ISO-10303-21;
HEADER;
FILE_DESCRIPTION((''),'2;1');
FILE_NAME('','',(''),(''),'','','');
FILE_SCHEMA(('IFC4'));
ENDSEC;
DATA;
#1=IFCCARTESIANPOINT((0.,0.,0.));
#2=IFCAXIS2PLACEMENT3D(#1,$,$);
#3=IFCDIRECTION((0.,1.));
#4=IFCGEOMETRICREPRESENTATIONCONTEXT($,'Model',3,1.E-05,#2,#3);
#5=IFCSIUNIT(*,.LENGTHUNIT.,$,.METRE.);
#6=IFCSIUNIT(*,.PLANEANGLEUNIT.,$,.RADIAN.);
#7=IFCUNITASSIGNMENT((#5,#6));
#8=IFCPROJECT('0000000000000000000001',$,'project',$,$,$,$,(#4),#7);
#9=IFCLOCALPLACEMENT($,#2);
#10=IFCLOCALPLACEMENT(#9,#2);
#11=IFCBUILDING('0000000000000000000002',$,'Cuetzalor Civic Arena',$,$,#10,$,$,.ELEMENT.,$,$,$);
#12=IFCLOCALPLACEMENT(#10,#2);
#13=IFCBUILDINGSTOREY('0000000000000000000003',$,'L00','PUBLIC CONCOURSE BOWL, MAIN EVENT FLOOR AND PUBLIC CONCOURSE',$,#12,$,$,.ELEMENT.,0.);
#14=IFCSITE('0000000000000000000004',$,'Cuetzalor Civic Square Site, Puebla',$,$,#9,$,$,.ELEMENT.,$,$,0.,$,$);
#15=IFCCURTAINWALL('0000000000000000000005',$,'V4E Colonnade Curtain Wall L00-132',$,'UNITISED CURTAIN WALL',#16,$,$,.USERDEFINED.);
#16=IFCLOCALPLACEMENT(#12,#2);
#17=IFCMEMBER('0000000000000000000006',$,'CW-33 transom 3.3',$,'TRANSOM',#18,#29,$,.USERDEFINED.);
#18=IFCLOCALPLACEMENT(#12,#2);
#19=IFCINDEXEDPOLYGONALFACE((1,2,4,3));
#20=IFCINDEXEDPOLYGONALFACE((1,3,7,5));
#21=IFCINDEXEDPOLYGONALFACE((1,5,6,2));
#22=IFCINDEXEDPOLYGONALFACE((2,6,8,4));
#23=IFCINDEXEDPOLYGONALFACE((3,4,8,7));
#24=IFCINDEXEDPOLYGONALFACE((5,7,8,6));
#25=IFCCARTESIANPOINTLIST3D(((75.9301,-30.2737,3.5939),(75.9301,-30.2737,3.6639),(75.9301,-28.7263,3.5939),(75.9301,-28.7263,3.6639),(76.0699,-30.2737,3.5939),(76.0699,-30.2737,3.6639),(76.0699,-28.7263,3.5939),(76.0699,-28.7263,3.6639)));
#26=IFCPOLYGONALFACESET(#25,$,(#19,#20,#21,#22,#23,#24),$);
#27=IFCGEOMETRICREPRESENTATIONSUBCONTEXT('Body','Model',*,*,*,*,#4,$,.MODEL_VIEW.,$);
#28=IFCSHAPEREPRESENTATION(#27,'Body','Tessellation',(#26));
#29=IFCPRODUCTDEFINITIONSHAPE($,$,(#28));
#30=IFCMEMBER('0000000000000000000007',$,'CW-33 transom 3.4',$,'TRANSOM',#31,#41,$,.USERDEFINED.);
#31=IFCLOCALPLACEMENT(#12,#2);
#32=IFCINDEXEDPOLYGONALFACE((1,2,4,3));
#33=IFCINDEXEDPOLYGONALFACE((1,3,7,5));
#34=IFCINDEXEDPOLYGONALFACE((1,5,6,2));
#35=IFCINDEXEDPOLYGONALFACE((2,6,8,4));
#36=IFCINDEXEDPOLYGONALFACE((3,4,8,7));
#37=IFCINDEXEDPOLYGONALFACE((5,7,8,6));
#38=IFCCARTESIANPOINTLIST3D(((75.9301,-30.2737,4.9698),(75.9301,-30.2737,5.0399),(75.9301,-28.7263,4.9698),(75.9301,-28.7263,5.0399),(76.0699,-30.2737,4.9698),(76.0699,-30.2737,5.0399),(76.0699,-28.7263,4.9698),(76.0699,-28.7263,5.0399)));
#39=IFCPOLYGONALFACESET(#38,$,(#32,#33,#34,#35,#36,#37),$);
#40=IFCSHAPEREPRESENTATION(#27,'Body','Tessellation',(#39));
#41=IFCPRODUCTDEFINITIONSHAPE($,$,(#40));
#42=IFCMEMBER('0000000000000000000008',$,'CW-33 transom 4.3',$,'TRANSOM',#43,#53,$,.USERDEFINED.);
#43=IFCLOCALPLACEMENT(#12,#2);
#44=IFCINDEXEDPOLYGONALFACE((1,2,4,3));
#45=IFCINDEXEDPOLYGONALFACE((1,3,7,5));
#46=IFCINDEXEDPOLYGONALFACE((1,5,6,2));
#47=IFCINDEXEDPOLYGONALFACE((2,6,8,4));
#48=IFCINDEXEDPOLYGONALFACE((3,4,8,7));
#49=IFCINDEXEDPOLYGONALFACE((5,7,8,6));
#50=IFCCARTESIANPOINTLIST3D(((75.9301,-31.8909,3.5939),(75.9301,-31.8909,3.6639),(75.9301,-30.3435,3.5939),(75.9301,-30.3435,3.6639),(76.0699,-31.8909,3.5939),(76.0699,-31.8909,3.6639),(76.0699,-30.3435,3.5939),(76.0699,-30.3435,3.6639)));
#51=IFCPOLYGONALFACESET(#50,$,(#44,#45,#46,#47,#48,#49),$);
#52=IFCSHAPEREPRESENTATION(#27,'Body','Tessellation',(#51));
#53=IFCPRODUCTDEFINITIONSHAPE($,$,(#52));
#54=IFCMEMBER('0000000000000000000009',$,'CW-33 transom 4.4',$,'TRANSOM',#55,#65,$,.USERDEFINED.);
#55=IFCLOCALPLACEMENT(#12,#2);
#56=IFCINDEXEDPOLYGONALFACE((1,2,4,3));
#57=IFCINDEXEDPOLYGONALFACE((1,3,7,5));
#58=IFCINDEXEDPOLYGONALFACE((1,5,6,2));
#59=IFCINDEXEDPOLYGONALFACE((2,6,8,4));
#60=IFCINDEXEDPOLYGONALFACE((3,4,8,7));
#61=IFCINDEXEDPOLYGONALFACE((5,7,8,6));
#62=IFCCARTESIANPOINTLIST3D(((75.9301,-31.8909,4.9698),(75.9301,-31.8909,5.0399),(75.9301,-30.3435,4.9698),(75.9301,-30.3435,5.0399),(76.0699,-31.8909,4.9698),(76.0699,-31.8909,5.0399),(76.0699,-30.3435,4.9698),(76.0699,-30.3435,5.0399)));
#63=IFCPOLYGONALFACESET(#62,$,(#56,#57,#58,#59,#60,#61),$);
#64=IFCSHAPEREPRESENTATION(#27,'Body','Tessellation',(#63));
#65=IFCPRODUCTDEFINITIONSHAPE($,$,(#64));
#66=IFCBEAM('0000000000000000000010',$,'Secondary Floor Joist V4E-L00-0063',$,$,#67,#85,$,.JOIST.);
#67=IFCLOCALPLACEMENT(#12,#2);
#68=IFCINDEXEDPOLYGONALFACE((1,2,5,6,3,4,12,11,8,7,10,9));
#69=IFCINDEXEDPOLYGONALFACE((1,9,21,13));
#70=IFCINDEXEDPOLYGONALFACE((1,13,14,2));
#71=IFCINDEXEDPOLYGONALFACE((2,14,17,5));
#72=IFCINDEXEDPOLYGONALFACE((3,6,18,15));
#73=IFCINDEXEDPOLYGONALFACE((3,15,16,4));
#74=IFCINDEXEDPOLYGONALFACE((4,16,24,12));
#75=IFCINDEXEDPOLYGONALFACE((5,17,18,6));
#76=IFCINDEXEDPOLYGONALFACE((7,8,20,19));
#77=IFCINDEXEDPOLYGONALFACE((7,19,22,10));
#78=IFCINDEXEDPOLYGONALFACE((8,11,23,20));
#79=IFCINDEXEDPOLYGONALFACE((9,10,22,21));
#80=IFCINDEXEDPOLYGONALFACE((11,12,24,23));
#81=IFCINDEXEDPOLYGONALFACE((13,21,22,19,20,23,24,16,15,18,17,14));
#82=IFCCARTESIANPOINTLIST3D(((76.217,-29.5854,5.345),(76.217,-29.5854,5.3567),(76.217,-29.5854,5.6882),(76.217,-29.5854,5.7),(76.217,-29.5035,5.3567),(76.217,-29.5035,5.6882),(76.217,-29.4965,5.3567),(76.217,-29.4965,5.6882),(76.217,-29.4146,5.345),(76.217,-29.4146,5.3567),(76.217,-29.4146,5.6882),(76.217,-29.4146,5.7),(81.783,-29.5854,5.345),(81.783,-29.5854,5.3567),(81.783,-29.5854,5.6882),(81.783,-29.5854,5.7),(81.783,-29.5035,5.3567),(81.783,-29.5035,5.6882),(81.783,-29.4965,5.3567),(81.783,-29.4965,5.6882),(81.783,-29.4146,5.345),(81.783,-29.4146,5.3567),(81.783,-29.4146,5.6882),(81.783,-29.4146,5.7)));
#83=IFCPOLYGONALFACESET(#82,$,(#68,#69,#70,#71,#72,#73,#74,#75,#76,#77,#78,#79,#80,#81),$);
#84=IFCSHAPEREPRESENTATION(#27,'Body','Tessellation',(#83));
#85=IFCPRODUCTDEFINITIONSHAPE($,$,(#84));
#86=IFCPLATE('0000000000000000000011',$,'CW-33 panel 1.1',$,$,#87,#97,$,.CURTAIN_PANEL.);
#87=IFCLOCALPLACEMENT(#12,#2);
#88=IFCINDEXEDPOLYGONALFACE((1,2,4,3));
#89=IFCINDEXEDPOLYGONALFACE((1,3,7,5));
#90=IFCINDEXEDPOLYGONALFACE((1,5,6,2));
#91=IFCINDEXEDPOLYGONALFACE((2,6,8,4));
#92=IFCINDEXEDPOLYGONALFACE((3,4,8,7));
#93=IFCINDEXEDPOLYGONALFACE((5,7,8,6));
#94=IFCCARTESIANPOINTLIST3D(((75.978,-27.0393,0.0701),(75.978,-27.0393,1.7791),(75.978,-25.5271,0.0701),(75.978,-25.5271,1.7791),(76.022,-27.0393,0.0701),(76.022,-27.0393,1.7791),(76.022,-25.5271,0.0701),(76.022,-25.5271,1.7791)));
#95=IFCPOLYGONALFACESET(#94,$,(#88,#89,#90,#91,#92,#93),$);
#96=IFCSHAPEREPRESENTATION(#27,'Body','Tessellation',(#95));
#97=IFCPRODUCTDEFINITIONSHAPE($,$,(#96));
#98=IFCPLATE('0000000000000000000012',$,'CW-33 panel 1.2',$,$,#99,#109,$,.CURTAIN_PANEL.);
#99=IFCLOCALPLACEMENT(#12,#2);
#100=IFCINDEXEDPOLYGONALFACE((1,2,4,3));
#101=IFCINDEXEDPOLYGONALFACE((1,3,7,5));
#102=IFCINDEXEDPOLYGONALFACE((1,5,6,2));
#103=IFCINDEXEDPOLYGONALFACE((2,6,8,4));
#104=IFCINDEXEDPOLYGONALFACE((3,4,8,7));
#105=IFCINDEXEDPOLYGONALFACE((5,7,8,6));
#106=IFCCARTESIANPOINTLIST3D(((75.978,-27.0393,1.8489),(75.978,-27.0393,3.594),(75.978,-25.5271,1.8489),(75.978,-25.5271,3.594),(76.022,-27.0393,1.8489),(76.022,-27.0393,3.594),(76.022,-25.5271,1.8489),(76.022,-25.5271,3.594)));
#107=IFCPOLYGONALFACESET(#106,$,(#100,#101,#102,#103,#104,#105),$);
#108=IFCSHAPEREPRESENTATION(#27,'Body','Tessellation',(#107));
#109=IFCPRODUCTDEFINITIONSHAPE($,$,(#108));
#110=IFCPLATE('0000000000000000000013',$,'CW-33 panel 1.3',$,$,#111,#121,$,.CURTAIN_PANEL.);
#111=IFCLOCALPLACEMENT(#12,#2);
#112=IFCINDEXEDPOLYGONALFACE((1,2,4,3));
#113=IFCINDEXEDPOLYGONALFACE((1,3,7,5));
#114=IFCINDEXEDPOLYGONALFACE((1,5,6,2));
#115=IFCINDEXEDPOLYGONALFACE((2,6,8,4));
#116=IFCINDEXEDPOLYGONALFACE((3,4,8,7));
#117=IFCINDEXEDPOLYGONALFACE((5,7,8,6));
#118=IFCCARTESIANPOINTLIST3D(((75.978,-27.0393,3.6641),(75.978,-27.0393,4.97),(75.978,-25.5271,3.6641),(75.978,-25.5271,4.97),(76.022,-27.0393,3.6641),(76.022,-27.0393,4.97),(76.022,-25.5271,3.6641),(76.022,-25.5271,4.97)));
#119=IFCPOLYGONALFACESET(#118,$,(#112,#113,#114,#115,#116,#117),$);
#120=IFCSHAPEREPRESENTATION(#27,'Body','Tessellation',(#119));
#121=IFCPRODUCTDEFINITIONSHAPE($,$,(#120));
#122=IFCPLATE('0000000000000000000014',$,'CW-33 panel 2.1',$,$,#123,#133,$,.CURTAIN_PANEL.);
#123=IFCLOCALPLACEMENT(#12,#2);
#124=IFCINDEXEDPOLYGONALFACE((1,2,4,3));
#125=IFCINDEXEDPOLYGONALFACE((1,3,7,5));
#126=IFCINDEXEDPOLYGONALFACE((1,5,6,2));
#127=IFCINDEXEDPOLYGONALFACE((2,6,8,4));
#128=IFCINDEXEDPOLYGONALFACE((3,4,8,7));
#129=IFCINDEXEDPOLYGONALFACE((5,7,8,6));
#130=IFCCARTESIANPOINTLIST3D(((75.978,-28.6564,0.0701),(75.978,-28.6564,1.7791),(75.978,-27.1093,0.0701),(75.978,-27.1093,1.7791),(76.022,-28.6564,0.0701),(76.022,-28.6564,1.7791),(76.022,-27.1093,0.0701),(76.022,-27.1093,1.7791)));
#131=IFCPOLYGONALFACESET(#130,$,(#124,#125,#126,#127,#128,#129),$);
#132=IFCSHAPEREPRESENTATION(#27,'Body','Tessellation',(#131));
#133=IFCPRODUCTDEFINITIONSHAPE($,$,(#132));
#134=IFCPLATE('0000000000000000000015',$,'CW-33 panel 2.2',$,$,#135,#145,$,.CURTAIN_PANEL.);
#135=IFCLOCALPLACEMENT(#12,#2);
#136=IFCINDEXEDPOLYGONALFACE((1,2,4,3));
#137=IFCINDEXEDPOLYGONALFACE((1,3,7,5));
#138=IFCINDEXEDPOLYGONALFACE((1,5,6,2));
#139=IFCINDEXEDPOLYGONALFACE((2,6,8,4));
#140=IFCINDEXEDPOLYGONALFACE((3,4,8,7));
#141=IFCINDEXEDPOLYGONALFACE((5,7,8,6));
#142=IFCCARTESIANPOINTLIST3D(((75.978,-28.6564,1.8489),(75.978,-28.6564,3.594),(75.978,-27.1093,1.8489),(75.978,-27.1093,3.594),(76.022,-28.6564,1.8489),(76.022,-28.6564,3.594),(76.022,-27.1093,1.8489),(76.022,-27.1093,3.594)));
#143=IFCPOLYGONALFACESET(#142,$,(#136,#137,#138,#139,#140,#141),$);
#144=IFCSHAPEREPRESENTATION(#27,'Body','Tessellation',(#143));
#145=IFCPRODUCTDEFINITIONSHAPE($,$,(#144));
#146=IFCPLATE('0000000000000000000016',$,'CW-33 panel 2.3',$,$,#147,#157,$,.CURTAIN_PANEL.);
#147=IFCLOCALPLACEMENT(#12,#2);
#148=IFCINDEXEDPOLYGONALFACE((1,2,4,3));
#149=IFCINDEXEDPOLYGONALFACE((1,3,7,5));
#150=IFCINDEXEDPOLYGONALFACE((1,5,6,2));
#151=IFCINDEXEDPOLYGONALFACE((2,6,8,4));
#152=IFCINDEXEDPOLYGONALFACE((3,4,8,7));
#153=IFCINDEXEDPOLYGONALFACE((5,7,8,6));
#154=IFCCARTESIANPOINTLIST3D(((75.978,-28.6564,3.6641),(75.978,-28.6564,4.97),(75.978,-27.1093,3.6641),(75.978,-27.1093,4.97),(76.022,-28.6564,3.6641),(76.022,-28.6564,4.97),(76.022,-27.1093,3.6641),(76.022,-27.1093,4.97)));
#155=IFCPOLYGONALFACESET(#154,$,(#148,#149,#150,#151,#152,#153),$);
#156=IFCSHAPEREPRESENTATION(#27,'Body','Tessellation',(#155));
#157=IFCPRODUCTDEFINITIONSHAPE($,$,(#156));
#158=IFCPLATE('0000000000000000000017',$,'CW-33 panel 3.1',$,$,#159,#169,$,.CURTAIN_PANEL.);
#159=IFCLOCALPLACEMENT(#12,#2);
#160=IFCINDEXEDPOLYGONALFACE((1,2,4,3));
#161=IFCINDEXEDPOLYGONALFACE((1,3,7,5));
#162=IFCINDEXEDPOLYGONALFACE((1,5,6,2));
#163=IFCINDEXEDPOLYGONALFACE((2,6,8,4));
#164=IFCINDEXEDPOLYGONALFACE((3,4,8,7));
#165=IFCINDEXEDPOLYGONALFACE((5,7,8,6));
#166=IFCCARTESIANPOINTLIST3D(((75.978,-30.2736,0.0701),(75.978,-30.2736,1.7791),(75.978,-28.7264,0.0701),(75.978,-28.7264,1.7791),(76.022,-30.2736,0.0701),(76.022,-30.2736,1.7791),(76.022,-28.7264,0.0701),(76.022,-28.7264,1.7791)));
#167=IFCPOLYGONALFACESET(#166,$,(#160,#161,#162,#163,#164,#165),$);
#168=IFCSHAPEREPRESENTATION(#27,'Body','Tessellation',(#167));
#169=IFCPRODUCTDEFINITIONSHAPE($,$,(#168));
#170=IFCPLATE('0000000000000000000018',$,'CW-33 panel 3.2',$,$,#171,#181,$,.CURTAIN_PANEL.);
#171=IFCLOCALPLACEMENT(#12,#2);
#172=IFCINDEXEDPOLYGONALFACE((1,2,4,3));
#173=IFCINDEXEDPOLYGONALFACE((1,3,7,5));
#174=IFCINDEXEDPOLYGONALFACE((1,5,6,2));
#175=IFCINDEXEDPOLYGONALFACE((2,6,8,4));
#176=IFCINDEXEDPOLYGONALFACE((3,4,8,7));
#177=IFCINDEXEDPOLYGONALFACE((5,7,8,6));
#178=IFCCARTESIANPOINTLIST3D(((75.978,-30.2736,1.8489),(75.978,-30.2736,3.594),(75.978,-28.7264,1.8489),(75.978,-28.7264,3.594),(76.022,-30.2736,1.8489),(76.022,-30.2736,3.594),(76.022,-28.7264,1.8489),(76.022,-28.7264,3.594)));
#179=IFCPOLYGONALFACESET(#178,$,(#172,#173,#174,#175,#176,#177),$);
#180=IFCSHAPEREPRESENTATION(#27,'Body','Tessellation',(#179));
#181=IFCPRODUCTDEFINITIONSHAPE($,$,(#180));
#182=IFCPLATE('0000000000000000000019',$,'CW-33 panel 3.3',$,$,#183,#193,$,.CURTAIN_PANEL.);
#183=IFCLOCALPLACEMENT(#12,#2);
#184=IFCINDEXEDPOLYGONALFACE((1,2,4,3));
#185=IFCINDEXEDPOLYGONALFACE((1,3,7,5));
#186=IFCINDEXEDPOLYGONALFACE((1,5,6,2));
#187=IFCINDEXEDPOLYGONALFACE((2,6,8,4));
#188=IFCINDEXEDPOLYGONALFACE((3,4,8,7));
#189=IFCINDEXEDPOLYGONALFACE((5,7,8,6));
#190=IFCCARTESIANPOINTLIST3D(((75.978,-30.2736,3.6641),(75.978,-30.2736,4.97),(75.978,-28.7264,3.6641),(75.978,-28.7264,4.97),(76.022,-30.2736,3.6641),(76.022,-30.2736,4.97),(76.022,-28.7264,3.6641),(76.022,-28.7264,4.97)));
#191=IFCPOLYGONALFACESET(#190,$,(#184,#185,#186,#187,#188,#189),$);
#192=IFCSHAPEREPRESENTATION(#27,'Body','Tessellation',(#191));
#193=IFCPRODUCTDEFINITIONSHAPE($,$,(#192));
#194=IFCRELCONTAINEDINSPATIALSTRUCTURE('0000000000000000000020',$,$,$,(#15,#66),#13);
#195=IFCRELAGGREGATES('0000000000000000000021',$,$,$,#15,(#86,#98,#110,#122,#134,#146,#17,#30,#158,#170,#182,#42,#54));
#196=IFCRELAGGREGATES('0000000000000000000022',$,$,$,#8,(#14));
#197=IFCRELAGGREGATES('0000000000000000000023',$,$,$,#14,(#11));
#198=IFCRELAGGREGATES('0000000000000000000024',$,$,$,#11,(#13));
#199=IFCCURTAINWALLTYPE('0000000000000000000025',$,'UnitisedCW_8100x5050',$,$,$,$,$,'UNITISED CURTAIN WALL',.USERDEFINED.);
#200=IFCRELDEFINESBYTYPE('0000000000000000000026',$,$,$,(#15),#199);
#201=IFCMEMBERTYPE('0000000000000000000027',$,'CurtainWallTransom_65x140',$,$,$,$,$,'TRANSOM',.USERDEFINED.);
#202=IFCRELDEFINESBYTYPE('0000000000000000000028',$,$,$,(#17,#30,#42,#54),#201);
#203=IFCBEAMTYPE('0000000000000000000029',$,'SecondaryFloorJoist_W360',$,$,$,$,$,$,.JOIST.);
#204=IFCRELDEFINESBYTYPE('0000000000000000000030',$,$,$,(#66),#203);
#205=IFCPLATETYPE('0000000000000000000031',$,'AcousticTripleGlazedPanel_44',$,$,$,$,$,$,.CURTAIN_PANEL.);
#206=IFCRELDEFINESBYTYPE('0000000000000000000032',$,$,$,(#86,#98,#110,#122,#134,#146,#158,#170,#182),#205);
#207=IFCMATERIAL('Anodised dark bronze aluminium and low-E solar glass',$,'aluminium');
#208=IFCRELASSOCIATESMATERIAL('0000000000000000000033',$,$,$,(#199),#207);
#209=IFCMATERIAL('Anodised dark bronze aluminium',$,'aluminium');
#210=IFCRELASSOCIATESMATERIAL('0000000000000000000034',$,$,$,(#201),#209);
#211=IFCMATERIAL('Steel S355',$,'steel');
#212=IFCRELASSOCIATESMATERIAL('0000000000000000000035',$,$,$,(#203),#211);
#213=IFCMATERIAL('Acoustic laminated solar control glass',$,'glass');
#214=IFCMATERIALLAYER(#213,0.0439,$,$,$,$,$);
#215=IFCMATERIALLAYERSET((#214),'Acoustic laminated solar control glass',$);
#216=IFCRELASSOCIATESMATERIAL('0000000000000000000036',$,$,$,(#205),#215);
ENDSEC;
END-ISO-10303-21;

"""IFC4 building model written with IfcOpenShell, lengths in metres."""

from ifc_helpers import new_model, si_unit, direction, frame, origin, origin_2d, place, context, subcontext, project, spatial, rectangle, i_section, extrude, material, layer, layer_set, material_profile, profile_set, type_object, element, aggregate, save


model = new_model("IFC4")

# Units and contexts
model_context = context("Model", 3, precision=1e-05, world=origin(), true_north=direction((0.0, 1.0)))
body_context = subcontext(model_context, "Body", "Model", "MODEL_VIEW")
ifc_project = project(units=[si_unit("LENGTHUNIT", "METRE"), si_unit("PLANEANGLEUNIT", "RADIAN")], contexts=[model_context])

# Site, building, storey
site_placement = place(None, origin())
site = spatial("IfcSite", under=ifc_project, at=site_placement, Name="Cuetzalor Civic Square Site, Puebla", CompositionType="ELEMENT", RefElevation=0.0)
building_placement = place(site_placement, origin())
building = spatial("IfcBuilding", under=site, at=building_placement, Name="Cuetzalor Civic Arena", CompositionType="ELEMENT")
storey_placement = place(building_placement, origin())
storey = spatial("IfcBuildingStorey", under=building, at=storey_placement, Name="L00", Description="PUBLIC CONCOURSE BOWL, MAIN EVENT FLOOR AND PUBLIC CONCOURSE", CompositionType="ELEMENT", Elevation=0.0)

# Curtain wall, members
ifc_material_1 = material(Name="Anodised dark bronze aluminium and low-E solar glass", Category="aluminium")
curtain_wall_type = type_object("IfcCurtainWallType", Name="UnitisedCW_8100x5050", ElementType="UNITISED CURTAIN WALL", PredefinedType="USERDEFINED", material=ifc_material_1)
curtain_wall_placement = place(storey_placement, origin())
curtain_wall = element("IfcCurtainWall", 1, at=curtain_wall_placement, inside=storey, type_object=curtain_wall_type, Name="V4E Colonnade Curtain Wall L00-132", ObjectType="UNITISED CURTAIN WALL", PredefinedType="USERDEFINED")
ifc_material_2 = material(Name="Anodised dark bronze aluminium", Category="aluminium")
ifc_material_profile_1 = material_profile(ifc_material_2, rectangle(XDim=0.1399, YDim=0.0701, at=origin_2d()), Name="ALU TRANSOM 70x140")
ifc_profile_set_1 = profile_set([ifc_material_profile_1], Name="Anodised dark bronze aluminium")
member_type_1 = type_object("IfcMemberType", Name="CurtainWallTransom_65x140", ElementType="TRANSOM", PredefinedType="USERDEFINED", material=ifc_profile_set_1)
member_1_placement = place(storey_placement, frame((76.0, -28.7263, 3.6289), z_axis=(0.0, -1.0, 0.0), x_axis=(1.0, 0.0, 0.0)))
member_1 = element("IfcMember", 2, at=member_1_placement, type_object=member_type_1, Name="CW-33 transom 3.3", ObjectType="TRANSOM", PredefinedType="USERDEFINED", context=body_context, shape_type="SweptSolid", body=[
    extrude(rectangle(XDim=0.1399, YDim=0.0701, at=origin_2d()), origin(), (0.0, 0.0, 1.0), 1.5474),
])
member_2_placement = place(storey_placement, frame((76.0, -28.7263, 5.0049), z_axis=(0.0, -1.0, 0.0), x_axis=(1.0, 0.0, 0.0)))
member_2 = element("IfcMember", 3, at=member_2_placement, type_object=member_type_1, Name="CW-33 transom 3.4", ObjectType="TRANSOM", PredefinedType="USERDEFINED", context=body_context, shape_type="SweptSolid", body=[
    extrude(rectangle(XDim=0.1399, YDim=0.0701, at=origin_2d()), origin(), (0.0, 0.0, 1.0), 1.5474),
])
member_3_placement = place(storey_placement, frame((76.0, -30.3435, 3.6289), z_axis=(0.0, -1.0, 0.0), x_axis=(1.0, 0.0, 0.0)))
member_3 = element("IfcMember", 4, at=member_3_placement, type_object=member_type_1, Name="CW-33 transom 4.3", ObjectType="TRANSOM", PredefinedType="USERDEFINED", context=body_context, shape_type="SweptSolid", body=[
    extrude(rectangle(XDim=0.1399, YDim=0.0701, at=origin_2d()), origin(), (0.0, 0.0, 1.0), 1.5474),
])
member_4_placement = place(storey_placement, frame((76.0, -30.3435, 5.0049), z_axis=(0.0, -1.0, 0.0), x_axis=(1.0, 0.0, 0.0)))
member_4 = element("IfcMember", 5, at=member_4_placement, type_object=member_type_1, Name="CW-33 transom 4.4", ObjectType="TRANSOM", PredefinedType="USERDEFINED", context=body_context, shape_type="SweptSolid", body=[
    extrude(rectangle(XDim=0.1399, YDim=0.0701, at=origin_2d()), origin(), (0.0, 0.0, 1.0), 1.5474),
])

# Beam
ifc_material_3 = material(Name="Steel S355", Category="steel")
ifc_material_profile_2 = material_profile(ifc_material_3, i_section(OverallWidth=0.1709, OverallDepth=0.355, WebThickness=0.0071, FlangeThickness=0.0117, at=origin_2d()), Name="W360x51")
ifc_profile_set_2 = profile_set([ifc_material_profile_2], Name="Steel S355")
beam_type_1 = type_object("IfcBeamType", Name="SecondaryFloorJoist_W360", PredefinedType="JOIST", material=ifc_profile_set_2)
beam_1_placement = place(storey_placement, frame((76.217, -29.5, 5.5225), z_axis=(1.0, 0.0, 0.0), x_axis=(0.0, 1.0, 0.0)))
element("IfcBeam", 6, at=beam_1_placement, inside=storey, type_object=beam_type_1, Name="Secondary Floor Joist V4E-L00-0063", PredefinedType="JOIST", context=body_context, shape_type="SweptSolid", body=[
    extrude(i_section(OverallWidth=0.1709, OverallDepth=0.355, WebThickness=0.0071, FlangeThickness=0.0117, at=origin_2d()), origin(), (0.0, 0.0, 1.0), 5.5659),
])

# Plates
ifc_material_4 = material(Name="Acoustic laminated solar control glass", Category="glass")
ifc_layer = layer(ifc_material_4, 0.0439)
ifc_layer_set = layer_set([ifc_layer], Name="Acoustic laminated solar control glass")
plate_type = type_object("IfcPlateType", Name="AcousticTripleGlazedPanel_44", PredefinedType="CURTAIN_PANEL", material=ifc_layer_set)
plate_1_placement = place(storey_placement, frame((76.0, -26.2832, 0.0701), z_axis=(0.0, 0.0, 1.0), x_axis=(0.0, -1.0, 0.0)))
plate_1 = element("IfcPlate", 7, at=plate_1_placement, type_object=plate_type, Name="CW-33 panel 1.1", PredefinedType="CURTAIN_PANEL", context=body_context, shape_type="SweptSolid", body=[
    extrude(rectangle(XDim=1.5122, YDim=0.0439, at=origin_2d()), origin(), (0.0, 0.0, 1.0), 1.709),
])
plate_2_placement = place(storey_placement, frame((76.0, -26.2832, 1.8489), z_axis=(0.0, 0.0, 1.0), x_axis=(0.0, -1.0, 0.0)))
plate_2 = element("IfcPlate", 8, at=plate_2_placement, type_object=plate_type, Name="CW-33 panel 1.2", PredefinedType="CURTAIN_PANEL", context=body_context, shape_type="SweptSolid", body=[
    extrude(rectangle(XDim=1.5122, YDim=0.0439, at=origin_2d()), origin(), (0.0, 0.0, 1.0), 1.7451),
])
plate_3_placement = place(storey_placement, frame((76.0, -26.2832, 3.6641), z_axis=(0.0, 0.0, 1.0), x_axis=(0.0, -1.0, 0.0)))
plate_3 = element("IfcPlate", 9, at=plate_3_placement, type_object=plate_type, Name="CW-33 panel 1.3", PredefinedType="CURTAIN_PANEL", context=body_context, shape_type="SweptSolid", body=[
    extrude(rectangle(XDim=1.5122, YDim=0.0439, at=origin_2d()), origin(), (0.0, 0.0, 1.0), 1.3059),
])
plate_4_placement = place(storey_placement, frame((76.0, -27.8828, 0.0701), z_axis=(0.0, 0.0, 1.0), x_axis=(0.0, -1.0, 0.0)))
plate_4 = element("IfcPlate", 10, at=plate_4_placement, type_object=plate_type, Name="CW-33 panel 2.1", PredefinedType="CURTAIN_PANEL", context=body_context, shape_type="SweptSolid", body=[
    extrude(rectangle(XDim=1.5471, YDim=0.0439, at=origin_2d()), origin(), (0.0, 0.0, 1.0), 1.709),
])
plate_5_placement = place(storey_placement, frame((76.0, -27.8828, 1.8489), z_axis=(0.0, 0.0, 1.0), x_axis=(0.0, -1.0, 0.0)))
plate_5 = element("IfcPlate", 11, at=plate_5_placement, type_object=plate_type, Name="CW-33 panel 2.2", PredefinedType="CURTAIN_PANEL", context=body_context, shape_type="SweptSolid", body=[
    extrude(rectangle(XDim=1.5471, YDim=0.0439, at=origin_2d()), origin(), (0.0, 0.0, 1.0), 1.7451),
])
plate_6_placement = place(storey_placement, frame((76.0, -27.8828, 3.6641), z_axis=(0.0, 0.0, 1.0), x_axis=(0.0, -1.0, 0.0)))
plate_6 = element("IfcPlate", 12, at=plate_6_placement, type_object=plate_type, Name="CW-33 panel 2.3", PredefinedType="CURTAIN_PANEL", context=body_context, shape_type="SweptSolid", body=[
    extrude(rectangle(XDim=1.5471, YDim=0.0439, at=origin_2d()), origin(), (0.0, 0.0, 1.0), 1.3059),
])
plate_7_placement = place(storey_placement, frame((76.0, -29.5, 0.0701), z_axis=(0.0, 0.0, 1.0), x_axis=(0.0, -1.0, 0.0)))
plate_7 = element("IfcPlate", 13, at=plate_7_placement, type_object=plate_type, Name="CW-33 panel 3.1", PredefinedType="CURTAIN_PANEL", context=body_context, shape_type="SweptSolid", body=[
    extrude(rectangle(XDim=1.5471, YDim=0.0439, at=origin_2d()), origin(), (0.0, 0.0, 1.0), 1.709),
])
plate_8_placement = place(storey_placement, frame((76.0, -29.5, 1.8489), z_axis=(0.0, 0.0, 1.0), x_axis=(0.0, -1.0, 0.0)))
plate_8 = element("IfcPlate", 14, at=plate_8_placement, type_object=plate_type, Name="CW-33 panel 3.2", PredefinedType="CURTAIN_PANEL", context=body_context, shape_type="SweptSolid", body=[
    extrude(rectangle(XDim=1.5471, YDim=0.0439, at=origin_2d()), origin(), (0.0, 0.0, 1.0), 1.7451),
])
plate_9_placement = place(storey_placement, frame((76.0, -29.5, 3.6641), z_axis=(0.0, 0.0, 1.0), x_axis=(0.0, -1.0, 0.0)))
plate_9 = element("IfcPlate", 15, at=plate_9_placement, type_object=plate_type, Name="CW-33 panel 3.3", PredefinedType="CURTAIN_PANEL", context=body_context, shape_type="SweptSolid", body=[
    extrude(rectangle(XDim=1.5471, YDim=0.0439, at=origin_2d()), origin(), (0.0, 0.0, 1.0), 1.3059),
])
aggregate(curtain_wall, [plate_1, plate_2, plate_3, plate_4, plate_5, plate_6, member_1, member_2, plate_7, plate_8, plate_9, member_3, member_4])

save(model, "model.ifc")
